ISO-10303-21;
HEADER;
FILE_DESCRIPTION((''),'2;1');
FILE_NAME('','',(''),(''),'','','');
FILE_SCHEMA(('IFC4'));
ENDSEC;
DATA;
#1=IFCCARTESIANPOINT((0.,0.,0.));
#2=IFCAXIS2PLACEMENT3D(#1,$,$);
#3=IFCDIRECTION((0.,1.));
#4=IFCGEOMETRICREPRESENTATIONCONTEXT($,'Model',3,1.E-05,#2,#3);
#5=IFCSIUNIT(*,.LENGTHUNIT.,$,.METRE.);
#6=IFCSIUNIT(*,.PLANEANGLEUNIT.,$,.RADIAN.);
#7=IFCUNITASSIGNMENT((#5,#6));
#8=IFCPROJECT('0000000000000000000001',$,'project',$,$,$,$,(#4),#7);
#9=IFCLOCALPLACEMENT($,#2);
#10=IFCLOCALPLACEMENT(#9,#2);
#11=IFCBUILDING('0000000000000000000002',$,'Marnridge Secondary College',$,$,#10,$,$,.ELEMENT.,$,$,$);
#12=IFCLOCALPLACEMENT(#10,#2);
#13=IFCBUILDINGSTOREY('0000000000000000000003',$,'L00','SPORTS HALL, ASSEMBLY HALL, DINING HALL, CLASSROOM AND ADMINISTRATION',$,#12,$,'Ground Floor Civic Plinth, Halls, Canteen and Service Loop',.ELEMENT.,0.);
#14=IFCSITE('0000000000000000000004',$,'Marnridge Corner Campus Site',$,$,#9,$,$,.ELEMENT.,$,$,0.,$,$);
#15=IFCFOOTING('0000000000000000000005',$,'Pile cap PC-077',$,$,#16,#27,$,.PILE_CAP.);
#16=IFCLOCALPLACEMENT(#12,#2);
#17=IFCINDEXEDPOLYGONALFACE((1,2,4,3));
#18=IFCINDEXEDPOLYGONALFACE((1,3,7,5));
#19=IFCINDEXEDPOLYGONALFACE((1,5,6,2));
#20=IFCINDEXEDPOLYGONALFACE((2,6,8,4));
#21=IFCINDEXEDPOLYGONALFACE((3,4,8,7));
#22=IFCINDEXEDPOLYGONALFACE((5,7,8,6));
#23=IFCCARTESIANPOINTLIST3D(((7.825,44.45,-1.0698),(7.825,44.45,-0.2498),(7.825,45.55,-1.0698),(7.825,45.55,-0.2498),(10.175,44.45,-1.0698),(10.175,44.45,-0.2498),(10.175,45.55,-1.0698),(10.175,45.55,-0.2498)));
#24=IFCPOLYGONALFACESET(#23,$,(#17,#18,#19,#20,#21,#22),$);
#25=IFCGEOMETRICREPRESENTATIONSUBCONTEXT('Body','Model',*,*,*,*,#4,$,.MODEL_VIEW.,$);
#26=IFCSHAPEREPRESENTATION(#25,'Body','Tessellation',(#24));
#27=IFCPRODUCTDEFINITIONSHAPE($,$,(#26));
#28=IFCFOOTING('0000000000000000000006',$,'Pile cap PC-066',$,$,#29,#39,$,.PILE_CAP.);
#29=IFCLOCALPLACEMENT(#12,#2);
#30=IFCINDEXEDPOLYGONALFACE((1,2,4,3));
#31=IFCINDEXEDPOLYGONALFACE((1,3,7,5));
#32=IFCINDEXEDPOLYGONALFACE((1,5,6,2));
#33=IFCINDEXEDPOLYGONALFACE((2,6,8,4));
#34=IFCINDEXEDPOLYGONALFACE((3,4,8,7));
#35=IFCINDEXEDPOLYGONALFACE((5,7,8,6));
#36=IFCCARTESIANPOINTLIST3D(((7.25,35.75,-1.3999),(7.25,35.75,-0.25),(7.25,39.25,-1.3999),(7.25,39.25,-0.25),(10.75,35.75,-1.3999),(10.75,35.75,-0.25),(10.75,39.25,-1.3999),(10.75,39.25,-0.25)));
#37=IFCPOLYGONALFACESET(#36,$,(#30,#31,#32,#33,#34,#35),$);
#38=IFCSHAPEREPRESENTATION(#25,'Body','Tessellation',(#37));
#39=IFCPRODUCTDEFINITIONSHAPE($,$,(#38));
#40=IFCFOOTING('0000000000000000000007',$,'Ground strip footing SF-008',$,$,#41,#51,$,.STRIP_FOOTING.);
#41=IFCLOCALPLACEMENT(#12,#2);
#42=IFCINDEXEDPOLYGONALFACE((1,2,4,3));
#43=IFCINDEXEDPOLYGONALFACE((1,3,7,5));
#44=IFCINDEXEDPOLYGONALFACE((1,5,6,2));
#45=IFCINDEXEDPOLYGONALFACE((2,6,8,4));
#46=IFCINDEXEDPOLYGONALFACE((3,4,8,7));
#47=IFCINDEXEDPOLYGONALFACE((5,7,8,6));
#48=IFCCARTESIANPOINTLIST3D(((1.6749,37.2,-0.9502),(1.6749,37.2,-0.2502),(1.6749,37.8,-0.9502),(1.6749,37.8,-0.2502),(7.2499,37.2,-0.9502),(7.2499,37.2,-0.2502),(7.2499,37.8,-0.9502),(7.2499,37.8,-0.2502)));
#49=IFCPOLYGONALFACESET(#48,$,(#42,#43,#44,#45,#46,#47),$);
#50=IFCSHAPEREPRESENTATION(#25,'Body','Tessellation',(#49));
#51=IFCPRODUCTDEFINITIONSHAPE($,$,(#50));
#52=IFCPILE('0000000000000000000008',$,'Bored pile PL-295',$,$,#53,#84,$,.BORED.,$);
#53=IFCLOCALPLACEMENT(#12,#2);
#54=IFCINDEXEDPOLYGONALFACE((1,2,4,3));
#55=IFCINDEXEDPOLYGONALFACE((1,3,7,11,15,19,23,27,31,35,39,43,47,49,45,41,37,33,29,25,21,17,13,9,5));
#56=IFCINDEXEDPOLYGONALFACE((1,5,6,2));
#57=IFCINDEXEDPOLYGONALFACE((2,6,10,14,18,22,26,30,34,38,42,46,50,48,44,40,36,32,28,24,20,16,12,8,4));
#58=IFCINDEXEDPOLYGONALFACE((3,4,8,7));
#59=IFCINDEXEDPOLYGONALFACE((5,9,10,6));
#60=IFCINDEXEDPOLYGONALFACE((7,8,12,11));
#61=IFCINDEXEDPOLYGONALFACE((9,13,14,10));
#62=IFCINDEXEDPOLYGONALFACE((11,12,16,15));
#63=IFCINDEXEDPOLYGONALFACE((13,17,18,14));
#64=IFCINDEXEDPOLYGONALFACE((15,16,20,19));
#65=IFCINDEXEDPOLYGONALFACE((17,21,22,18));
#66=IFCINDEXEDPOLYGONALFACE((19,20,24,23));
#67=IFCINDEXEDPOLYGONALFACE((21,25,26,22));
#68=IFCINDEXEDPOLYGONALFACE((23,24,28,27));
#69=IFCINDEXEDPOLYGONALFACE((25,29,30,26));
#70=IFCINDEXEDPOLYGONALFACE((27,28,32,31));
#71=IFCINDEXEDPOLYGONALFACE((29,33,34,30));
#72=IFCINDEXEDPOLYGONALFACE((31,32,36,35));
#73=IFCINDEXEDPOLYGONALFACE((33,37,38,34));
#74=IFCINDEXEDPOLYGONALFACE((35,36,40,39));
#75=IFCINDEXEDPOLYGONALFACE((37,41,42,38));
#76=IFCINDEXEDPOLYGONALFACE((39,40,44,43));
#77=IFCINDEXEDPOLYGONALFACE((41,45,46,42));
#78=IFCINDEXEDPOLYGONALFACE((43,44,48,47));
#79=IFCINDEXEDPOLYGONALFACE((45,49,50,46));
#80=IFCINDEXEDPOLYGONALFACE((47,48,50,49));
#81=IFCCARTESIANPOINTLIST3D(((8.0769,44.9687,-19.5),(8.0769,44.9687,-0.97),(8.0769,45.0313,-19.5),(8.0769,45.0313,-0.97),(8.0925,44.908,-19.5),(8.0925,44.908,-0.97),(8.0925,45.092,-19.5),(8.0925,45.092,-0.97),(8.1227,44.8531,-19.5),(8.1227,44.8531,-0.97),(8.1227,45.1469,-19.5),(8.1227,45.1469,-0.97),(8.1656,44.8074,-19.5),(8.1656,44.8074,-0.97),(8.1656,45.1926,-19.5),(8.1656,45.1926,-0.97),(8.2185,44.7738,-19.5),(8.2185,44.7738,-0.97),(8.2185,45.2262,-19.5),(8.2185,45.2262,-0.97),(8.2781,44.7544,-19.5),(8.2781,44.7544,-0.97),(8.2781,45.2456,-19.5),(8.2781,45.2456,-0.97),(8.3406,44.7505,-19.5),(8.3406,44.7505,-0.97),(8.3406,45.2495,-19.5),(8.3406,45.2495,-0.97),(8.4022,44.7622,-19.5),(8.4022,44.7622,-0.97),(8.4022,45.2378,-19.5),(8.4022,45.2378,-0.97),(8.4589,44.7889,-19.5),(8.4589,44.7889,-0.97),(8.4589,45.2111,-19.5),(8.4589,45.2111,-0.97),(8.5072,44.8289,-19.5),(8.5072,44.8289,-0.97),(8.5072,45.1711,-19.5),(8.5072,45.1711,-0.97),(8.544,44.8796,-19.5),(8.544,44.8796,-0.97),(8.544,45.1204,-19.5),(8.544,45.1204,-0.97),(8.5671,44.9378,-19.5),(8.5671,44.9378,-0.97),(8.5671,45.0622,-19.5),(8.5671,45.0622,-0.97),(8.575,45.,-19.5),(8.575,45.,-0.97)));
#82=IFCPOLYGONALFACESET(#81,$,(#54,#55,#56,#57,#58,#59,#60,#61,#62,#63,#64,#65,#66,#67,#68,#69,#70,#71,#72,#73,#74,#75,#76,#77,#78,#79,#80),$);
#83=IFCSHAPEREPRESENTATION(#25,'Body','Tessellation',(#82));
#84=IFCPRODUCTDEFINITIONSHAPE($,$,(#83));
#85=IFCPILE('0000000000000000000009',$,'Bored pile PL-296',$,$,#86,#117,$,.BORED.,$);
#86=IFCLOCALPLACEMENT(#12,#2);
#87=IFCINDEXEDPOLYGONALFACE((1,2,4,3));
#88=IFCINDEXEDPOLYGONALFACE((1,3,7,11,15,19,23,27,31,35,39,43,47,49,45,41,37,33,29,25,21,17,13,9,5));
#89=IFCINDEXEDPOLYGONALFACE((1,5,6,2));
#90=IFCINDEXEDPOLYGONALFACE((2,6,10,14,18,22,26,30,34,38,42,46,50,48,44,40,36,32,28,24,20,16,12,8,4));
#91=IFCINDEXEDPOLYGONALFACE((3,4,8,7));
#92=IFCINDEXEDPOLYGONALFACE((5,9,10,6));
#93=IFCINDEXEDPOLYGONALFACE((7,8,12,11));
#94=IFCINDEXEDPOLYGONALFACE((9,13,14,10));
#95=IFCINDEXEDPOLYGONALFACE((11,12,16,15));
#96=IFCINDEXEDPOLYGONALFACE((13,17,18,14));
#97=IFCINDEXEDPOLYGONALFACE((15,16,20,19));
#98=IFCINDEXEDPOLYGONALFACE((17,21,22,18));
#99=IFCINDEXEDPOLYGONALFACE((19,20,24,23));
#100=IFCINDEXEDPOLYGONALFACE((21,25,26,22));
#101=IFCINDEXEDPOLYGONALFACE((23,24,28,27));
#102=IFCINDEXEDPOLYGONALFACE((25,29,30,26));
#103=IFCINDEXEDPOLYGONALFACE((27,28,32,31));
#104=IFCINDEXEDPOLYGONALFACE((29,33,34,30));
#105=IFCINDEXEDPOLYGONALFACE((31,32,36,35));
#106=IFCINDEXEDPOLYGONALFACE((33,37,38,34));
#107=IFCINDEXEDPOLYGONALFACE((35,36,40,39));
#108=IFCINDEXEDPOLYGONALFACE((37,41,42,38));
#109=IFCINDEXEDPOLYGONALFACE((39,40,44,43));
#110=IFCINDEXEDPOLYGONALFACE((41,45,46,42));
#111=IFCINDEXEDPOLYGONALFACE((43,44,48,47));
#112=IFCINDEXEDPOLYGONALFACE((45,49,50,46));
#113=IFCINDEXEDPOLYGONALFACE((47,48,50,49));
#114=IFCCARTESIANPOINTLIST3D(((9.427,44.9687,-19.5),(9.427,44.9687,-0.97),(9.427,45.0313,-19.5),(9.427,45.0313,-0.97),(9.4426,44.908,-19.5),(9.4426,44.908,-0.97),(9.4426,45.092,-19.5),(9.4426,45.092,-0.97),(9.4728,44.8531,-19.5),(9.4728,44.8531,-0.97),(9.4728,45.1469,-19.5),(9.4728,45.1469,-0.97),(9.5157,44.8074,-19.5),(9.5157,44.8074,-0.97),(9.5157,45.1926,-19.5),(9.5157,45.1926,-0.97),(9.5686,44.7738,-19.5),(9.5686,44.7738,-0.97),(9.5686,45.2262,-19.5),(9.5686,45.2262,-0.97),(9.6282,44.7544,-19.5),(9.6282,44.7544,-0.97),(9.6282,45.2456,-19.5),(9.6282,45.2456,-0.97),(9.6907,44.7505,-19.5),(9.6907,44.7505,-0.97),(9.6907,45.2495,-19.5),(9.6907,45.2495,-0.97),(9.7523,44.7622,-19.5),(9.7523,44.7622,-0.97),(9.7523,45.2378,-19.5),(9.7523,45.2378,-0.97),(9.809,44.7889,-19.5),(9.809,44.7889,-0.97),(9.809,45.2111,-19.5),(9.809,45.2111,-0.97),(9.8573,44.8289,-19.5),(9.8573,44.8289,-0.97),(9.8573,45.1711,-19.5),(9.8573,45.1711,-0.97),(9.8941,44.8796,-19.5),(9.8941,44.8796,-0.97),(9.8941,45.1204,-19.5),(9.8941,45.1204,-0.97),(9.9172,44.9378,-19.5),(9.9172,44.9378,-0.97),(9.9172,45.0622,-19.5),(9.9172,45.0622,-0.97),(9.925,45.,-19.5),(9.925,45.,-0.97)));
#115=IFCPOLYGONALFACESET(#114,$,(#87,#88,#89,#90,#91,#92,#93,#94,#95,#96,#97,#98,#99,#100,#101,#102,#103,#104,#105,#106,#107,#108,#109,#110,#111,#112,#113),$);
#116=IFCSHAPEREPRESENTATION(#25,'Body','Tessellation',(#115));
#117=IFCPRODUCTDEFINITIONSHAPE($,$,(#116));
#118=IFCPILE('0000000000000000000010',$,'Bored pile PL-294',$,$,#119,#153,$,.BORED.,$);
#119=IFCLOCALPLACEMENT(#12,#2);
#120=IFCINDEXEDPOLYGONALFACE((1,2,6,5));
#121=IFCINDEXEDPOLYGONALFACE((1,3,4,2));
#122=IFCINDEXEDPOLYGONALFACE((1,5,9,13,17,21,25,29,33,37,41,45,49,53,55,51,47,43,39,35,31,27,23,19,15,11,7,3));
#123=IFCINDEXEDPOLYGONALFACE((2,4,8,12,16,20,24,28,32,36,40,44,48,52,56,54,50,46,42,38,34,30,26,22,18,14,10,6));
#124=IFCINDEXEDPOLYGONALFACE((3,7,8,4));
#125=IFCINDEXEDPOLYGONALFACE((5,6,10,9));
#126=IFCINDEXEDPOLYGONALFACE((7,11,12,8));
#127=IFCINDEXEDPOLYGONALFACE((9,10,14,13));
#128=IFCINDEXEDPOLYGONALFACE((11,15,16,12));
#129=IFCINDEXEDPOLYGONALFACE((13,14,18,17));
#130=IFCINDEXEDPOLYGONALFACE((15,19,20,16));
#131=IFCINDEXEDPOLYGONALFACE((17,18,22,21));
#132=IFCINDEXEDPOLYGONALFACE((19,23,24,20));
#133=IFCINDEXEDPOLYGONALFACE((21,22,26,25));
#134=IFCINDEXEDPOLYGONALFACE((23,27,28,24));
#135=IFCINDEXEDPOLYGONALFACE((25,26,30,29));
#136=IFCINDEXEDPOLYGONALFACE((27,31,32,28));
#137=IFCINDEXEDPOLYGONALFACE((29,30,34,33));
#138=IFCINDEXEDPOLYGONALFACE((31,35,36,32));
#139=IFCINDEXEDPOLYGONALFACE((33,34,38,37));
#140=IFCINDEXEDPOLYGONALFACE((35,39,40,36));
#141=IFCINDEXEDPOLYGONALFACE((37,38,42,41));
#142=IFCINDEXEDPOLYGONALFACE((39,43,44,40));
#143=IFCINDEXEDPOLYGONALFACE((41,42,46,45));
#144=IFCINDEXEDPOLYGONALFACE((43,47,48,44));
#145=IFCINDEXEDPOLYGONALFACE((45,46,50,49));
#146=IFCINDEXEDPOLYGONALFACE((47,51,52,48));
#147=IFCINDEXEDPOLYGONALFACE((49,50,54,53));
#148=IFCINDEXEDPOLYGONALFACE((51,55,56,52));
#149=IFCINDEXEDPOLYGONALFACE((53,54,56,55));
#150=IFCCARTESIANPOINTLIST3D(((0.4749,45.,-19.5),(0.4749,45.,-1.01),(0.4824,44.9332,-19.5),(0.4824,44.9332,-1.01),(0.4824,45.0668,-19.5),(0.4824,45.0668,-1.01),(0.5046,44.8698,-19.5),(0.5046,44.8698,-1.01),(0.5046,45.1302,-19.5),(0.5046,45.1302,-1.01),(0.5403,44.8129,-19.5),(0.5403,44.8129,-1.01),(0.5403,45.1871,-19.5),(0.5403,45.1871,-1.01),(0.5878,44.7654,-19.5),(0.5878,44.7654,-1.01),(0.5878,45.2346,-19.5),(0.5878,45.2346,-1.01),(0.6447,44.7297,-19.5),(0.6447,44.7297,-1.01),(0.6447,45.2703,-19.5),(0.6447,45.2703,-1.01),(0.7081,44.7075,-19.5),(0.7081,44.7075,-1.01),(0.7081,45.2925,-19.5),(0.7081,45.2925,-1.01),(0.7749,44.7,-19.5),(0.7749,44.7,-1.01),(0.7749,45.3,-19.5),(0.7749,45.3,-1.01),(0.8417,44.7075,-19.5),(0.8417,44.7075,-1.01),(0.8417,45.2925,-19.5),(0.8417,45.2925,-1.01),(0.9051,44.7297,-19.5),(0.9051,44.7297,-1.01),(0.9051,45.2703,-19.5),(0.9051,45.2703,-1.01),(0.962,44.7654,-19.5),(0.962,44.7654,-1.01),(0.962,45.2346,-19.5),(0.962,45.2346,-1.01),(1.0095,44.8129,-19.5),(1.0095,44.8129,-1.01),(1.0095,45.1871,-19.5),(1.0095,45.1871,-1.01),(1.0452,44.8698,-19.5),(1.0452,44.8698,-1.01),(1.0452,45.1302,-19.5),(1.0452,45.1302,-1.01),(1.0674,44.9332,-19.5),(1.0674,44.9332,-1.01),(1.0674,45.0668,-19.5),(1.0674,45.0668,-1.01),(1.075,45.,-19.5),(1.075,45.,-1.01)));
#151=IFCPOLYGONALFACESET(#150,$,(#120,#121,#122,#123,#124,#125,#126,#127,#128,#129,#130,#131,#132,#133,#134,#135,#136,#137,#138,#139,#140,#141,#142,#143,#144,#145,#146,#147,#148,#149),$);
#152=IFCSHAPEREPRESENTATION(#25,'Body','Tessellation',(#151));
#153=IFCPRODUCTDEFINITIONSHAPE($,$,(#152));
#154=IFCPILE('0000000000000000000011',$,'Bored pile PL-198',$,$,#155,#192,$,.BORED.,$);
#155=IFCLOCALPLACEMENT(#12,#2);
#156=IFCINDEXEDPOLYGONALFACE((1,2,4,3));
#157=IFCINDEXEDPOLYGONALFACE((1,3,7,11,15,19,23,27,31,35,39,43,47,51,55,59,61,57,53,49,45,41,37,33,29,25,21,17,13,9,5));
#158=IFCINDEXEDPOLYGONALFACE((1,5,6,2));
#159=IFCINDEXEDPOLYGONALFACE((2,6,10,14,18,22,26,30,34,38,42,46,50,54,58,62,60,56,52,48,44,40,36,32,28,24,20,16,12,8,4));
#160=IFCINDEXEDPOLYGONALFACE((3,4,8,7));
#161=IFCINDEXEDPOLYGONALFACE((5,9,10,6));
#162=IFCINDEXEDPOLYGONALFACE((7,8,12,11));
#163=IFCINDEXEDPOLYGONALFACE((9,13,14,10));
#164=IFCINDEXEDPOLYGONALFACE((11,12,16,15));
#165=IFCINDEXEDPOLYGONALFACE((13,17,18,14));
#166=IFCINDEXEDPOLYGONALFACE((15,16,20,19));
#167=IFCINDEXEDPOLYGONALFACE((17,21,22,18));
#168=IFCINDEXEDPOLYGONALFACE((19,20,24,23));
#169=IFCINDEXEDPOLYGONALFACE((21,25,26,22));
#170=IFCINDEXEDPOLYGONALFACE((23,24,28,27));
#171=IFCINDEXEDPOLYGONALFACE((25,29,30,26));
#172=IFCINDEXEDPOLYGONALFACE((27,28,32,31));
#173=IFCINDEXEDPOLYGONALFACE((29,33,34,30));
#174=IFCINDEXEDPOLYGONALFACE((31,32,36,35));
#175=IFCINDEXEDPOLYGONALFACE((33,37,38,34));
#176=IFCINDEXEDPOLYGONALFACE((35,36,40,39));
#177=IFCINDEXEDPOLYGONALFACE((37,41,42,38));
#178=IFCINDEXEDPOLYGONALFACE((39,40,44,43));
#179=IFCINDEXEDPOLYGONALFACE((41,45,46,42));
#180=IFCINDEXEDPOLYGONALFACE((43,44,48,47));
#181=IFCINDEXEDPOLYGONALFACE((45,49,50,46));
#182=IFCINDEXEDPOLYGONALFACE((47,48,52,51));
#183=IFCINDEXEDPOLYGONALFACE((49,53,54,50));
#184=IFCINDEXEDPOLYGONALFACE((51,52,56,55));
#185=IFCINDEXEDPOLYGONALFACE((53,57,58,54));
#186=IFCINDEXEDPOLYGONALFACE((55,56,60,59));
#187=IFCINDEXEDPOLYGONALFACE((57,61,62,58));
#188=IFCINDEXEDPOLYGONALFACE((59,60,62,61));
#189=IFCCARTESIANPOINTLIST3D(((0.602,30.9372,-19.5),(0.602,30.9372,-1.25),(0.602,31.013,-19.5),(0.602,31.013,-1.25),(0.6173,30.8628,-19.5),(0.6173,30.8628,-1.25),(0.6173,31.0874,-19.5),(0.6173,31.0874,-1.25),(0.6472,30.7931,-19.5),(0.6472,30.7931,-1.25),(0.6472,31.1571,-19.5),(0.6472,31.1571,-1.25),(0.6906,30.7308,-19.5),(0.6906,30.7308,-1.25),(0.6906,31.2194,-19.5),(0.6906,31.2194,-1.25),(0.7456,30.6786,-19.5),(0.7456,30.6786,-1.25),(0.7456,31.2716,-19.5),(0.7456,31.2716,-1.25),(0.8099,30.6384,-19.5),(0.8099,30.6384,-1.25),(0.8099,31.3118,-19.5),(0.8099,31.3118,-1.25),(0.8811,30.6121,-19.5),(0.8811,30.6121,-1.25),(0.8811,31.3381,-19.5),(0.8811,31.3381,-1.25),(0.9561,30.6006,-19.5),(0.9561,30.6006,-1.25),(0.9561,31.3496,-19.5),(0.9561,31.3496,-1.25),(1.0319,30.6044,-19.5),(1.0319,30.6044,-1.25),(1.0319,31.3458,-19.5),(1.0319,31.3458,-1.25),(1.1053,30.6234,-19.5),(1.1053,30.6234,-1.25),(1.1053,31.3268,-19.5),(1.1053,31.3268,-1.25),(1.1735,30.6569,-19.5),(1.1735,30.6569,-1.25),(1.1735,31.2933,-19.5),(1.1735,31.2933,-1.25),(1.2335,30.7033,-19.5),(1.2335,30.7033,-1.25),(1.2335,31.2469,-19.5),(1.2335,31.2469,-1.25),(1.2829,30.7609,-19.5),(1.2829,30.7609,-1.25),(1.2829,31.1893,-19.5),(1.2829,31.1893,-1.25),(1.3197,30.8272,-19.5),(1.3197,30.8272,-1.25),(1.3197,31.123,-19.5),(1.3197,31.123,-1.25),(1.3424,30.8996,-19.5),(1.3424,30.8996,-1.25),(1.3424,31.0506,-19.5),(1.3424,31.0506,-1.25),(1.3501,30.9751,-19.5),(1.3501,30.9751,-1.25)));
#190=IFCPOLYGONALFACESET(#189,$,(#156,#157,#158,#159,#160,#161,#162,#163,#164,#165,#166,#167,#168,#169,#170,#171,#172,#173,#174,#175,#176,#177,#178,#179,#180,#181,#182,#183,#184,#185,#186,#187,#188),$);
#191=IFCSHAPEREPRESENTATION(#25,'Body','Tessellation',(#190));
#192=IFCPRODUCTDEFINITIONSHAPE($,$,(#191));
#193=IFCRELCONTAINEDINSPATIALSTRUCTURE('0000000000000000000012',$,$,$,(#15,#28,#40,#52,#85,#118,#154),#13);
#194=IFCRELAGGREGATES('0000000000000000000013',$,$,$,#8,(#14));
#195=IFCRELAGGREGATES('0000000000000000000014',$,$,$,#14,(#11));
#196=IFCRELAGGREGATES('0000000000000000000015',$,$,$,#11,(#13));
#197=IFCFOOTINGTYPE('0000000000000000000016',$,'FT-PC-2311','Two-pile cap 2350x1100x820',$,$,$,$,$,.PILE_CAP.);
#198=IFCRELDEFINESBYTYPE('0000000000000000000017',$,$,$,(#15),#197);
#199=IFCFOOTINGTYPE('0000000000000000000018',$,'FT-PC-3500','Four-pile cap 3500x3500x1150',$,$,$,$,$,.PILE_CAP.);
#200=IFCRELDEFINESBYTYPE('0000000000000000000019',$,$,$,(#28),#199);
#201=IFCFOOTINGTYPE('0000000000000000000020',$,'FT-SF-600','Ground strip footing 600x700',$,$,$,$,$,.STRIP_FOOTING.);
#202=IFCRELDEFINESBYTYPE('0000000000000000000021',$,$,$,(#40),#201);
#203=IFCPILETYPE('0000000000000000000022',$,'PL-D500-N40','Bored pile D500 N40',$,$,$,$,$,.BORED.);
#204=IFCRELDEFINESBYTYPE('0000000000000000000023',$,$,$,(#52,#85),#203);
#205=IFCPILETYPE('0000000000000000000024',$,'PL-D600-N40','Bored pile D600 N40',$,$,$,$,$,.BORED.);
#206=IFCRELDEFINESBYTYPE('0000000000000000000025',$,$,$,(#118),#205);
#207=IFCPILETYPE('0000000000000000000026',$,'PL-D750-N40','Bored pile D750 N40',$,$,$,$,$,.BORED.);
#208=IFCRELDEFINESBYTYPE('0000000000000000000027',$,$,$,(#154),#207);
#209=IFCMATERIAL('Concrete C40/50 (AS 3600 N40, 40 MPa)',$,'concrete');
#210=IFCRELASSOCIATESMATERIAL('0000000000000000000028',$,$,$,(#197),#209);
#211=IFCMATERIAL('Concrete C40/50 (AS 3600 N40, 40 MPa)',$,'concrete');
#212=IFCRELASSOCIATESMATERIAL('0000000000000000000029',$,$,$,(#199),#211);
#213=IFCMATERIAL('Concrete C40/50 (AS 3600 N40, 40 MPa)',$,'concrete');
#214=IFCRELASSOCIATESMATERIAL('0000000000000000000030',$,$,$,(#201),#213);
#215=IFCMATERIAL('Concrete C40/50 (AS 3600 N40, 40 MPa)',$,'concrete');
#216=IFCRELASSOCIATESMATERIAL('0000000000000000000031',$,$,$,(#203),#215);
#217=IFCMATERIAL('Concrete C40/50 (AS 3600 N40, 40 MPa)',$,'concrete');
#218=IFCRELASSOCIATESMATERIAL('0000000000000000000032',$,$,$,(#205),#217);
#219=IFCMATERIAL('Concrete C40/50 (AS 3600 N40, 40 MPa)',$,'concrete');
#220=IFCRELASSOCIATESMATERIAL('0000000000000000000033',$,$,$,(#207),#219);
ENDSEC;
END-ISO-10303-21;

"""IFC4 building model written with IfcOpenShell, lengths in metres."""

from ifc_helpers import new_model, si_unit, direction, frame, origin, origin_2d, place, context, subcontext, project, spatial, rectangle, circle, extrude, material, material_profile, profile_set, type_object, element, save


model = new_model("IFC4")

# Units and contexts
model_context = context("Model", 3, precision=1e-05, world=origin(), true_north=direction((0.0, 1.0)))
body_context = subcontext(model_context, "Body", "Model", "MODEL_VIEW")
ifc_project = project(units=[si_unit("LENGTHUNIT", "METRE"), si_unit("PLANEANGLEUNIT", "RADIAN")], contexts=[model_context])

# Site, building, storey
site_placement = place(None, origin())
site = spatial("IfcSite", under=ifc_project, at=site_placement, Name="Marnridge Corner Campus Site", CompositionType="ELEMENT", RefElevation=0.0)
building_placement = place(site_placement, origin())
building = spatial("IfcBuilding", under=site, at=building_placement, Name="Marnridge Secondary College", CompositionType="ELEMENT")
storey_placement = place(building_placement, origin())
storey = spatial("IfcBuildingStorey", under=building, at=storey_placement, Name="L00", Description="SPORTS HALL, ASSEMBLY HALL, DINING HALL, CLASSROOM AND ADMINISTRATION", LongName="Ground Floor Civic Plinth, Halls, Canteen and Service Loop", CompositionType="ELEMENT", Elevation=0.0)

# Footings
ifc_material_1 = material(Name="Concrete C40/50 (AS 3600 N40, 40 MPa)", Category="concrete")
footing_type_1 = type_object("IfcFootingType", Name="FT-PC-2311", Description="Two-pile cap 2350x1100x820", PredefinedType="PILE_CAP", material=ifc_material_1)
footing_1_placement = place(storey_placement, frame((9.0, 45.0, -1.0698), z_axis=(0.0, 0.0, 1.0), x_axis=(1.0, 0.0, 0.0)))
element("IfcFooting", 1, at=footing_1_placement, inside=storey, type_object=footing_type_1, Name="Pile cap PC-077", PredefinedType="PILE_CAP", context=body_context, shape_type="SweptSolid", body=[
    extrude(rectangle(XDim=2.3501, YDim=1.1001, at=origin_2d()), origin(), (0.0, 0.0, 1.0), 0.8201),
])
ifc_material_2 = material(Name="Concrete C40/50 (AS 3600 N40, 40 MPa)", Category="concrete")
footing_type_2 = type_object("IfcFootingType", Name="FT-PC-3500", Description="Four-pile cap 3500x3500x1150", PredefinedType="PILE_CAP", material=ifc_material_2)
footing_2_placement = place(storey_placement, frame((9.0, 37.5, -1.3999), z_axis=(0.0, 0.0, 1.0), x_axis=(1.0, 0.0, 0.0)))
element("IfcFooting", 2, at=footing_2_placement, inside=storey, type_object=footing_type_2, Name="Pile cap PC-066", PredefinedType="PILE_CAP", context=body_context, shape_type="SweptSolid", body=[
    extrude(rectangle(XDim=3.5, YDim=3.5, at=origin_2d()), origin(), (0.0, 0.0, 1.0), 1.1499),
])
ifc_material_3 = material(Name="Concrete C40/50 (AS 3600 N40, 40 MPa)", Category="concrete")
footing_type_3 = type_object("IfcFootingType", Name="FT-SF-600", Description="Ground strip footing 600x700", PredefinedType="STRIP_FOOTING", material=ifc_material_3)
footing_3_placement = place(storey_placement, frame((4.4624, 37.5, -0.9502), z_axis=(0.0, 0.0, 1.0), x_axis=(1.0, 0.0, 0.0)))
element("IfcFooting", 3, at=footing_3_placement, inside=storey, type_object=footing_type_3, Name="Ground strip footing SF-008", PredefinedType="STRIP_FOOTING", context=body_context, shape_type="SweptSolid", body=[
    extrude(rectangle(XDim=5.575, YDim=0.6001, at=origin_2d()), origin(), (0.0, 0.0, 1.0), 0.7),
])

# Piles
ifc_material_4 = material(Name="Concrete C40/50 (AS 3600 N40, 40 MPa)", Category="concrete")
ifc_material_profile_1 = material_profile(ifc_material_4, circle(Radius=0.25, at=origin_2d()), Name="PILE D500")
ifc_profile_set_1 = profile_set([ifc_material_profile_1], Name="Concrete C40/50 (AS 3600 N40, 40 MPa)")
pile_type_1 = type_object("IfcPileType", Name="PL-D500-N40", Description="Bored pile D500 N40", PredefinedType="BORED", material=ifc_profile_set_1)
for number, where, z_axis, x_axis, name in (
    (4, (8.325, 45.0, -0.97), (0.0, 0.0, -1.0), (1.0, 0.0, 0.0), "Bored pile PL-295"),
    (5, (9.675, 45.0, -0.97), (0.0, 0.0, -1.0), (1.0, 0.0, 0.0), "Bored pile PL-296"),
):
    element("IfcPile", number, at=place(storey_placement, frame(where, z_axis=z_axis, x_axis=x_axis)), inside=storey, type_object=pile_type_1, Name=name, PredefinedType="BORED", context=body_context, shape_type="SweptSolid", body=[
        extrude(circle(Radius=0.25, at=origin_2d()), origin(), (0.0, 0.0, 1.0), 18.53),
    ])
ifc_material_5 = material(Name="Concrete C40/50 (AS 3600 N40, 40 MPa)", Category="concrete")
ifc_material_profile_2 = material_profile(ifc_material_5, circle(Radius=0.3, at=origin_2d()), Name="PILE D600")
ifc_profile_set_2 = profile_set([ifc_material_profile_2], Name="Concrete C40/50 (AS 3600 N40, 40 MPa)")
pile_type_2 = type_object("IfcPileType", Name="PL-D600-N40", Description="Bored pile D600 N40", PredefinedType="BORED", material=ifc_profile_set_2)
pile_1_placement = place(storey_placement, frame((0.7749, 45.0, -1.01), z_axis=(0.0, 0.0, -1.0), x_axis=(1.0, 0.0, 0.0)))
element("IfcPile", 6, at=pile_1_placement, inside=storey, type_object=pile_type_2, Name="Bored pile PL-294", PredefinedType="BORED", context=body_context, shape_type="SweptSolid", body=[
    extrude(circle(Radius=0.3, at=origin_2d()), origin(), (0.0, 0.0, 1.0), 18.49),
])
ifc_material_6 = material(Name="Concrete C40/50 (AS 3600 N40, 40 MPa)", Category="concrete")
ifc_material_profile_3 = material_profile(ifc_material_6, circle(Radius=0.375, at=origin_2d()), Name="PILE D750")
ifc_profile_set_3 = profile_set([ifc_material_profile_3], Name="Concrete C40/50 (AS 3600 N40, 40 MPa)")
pile_type_3 = type_object("IfcPileType", Name="PL-D750-N40", Description="Bored pile D750 N40", PredefinedType="BORED", material=ifc_profile_set_3)
pile_2_placement = place(storey_placement, frame((0.9751, 30.9751, -1.25), z_axis=(0.0, 0.0, -1.0), x_axis=(1.0, 0.0, 0.0)))
element("IfcPile", 7, at=pile_2_placement, inside=storey, type_object=pile_type_3, Name="Bored pile PL-198", PredefinedType="BORED", context=body_context, shape_type="SweptSolid", body=[
    extrude(circle(Radius=0.375, at=origin_2d()), origin(), (0.0, 0.0, 1.0), 18.25),
])

save(model, "model.ifc")
